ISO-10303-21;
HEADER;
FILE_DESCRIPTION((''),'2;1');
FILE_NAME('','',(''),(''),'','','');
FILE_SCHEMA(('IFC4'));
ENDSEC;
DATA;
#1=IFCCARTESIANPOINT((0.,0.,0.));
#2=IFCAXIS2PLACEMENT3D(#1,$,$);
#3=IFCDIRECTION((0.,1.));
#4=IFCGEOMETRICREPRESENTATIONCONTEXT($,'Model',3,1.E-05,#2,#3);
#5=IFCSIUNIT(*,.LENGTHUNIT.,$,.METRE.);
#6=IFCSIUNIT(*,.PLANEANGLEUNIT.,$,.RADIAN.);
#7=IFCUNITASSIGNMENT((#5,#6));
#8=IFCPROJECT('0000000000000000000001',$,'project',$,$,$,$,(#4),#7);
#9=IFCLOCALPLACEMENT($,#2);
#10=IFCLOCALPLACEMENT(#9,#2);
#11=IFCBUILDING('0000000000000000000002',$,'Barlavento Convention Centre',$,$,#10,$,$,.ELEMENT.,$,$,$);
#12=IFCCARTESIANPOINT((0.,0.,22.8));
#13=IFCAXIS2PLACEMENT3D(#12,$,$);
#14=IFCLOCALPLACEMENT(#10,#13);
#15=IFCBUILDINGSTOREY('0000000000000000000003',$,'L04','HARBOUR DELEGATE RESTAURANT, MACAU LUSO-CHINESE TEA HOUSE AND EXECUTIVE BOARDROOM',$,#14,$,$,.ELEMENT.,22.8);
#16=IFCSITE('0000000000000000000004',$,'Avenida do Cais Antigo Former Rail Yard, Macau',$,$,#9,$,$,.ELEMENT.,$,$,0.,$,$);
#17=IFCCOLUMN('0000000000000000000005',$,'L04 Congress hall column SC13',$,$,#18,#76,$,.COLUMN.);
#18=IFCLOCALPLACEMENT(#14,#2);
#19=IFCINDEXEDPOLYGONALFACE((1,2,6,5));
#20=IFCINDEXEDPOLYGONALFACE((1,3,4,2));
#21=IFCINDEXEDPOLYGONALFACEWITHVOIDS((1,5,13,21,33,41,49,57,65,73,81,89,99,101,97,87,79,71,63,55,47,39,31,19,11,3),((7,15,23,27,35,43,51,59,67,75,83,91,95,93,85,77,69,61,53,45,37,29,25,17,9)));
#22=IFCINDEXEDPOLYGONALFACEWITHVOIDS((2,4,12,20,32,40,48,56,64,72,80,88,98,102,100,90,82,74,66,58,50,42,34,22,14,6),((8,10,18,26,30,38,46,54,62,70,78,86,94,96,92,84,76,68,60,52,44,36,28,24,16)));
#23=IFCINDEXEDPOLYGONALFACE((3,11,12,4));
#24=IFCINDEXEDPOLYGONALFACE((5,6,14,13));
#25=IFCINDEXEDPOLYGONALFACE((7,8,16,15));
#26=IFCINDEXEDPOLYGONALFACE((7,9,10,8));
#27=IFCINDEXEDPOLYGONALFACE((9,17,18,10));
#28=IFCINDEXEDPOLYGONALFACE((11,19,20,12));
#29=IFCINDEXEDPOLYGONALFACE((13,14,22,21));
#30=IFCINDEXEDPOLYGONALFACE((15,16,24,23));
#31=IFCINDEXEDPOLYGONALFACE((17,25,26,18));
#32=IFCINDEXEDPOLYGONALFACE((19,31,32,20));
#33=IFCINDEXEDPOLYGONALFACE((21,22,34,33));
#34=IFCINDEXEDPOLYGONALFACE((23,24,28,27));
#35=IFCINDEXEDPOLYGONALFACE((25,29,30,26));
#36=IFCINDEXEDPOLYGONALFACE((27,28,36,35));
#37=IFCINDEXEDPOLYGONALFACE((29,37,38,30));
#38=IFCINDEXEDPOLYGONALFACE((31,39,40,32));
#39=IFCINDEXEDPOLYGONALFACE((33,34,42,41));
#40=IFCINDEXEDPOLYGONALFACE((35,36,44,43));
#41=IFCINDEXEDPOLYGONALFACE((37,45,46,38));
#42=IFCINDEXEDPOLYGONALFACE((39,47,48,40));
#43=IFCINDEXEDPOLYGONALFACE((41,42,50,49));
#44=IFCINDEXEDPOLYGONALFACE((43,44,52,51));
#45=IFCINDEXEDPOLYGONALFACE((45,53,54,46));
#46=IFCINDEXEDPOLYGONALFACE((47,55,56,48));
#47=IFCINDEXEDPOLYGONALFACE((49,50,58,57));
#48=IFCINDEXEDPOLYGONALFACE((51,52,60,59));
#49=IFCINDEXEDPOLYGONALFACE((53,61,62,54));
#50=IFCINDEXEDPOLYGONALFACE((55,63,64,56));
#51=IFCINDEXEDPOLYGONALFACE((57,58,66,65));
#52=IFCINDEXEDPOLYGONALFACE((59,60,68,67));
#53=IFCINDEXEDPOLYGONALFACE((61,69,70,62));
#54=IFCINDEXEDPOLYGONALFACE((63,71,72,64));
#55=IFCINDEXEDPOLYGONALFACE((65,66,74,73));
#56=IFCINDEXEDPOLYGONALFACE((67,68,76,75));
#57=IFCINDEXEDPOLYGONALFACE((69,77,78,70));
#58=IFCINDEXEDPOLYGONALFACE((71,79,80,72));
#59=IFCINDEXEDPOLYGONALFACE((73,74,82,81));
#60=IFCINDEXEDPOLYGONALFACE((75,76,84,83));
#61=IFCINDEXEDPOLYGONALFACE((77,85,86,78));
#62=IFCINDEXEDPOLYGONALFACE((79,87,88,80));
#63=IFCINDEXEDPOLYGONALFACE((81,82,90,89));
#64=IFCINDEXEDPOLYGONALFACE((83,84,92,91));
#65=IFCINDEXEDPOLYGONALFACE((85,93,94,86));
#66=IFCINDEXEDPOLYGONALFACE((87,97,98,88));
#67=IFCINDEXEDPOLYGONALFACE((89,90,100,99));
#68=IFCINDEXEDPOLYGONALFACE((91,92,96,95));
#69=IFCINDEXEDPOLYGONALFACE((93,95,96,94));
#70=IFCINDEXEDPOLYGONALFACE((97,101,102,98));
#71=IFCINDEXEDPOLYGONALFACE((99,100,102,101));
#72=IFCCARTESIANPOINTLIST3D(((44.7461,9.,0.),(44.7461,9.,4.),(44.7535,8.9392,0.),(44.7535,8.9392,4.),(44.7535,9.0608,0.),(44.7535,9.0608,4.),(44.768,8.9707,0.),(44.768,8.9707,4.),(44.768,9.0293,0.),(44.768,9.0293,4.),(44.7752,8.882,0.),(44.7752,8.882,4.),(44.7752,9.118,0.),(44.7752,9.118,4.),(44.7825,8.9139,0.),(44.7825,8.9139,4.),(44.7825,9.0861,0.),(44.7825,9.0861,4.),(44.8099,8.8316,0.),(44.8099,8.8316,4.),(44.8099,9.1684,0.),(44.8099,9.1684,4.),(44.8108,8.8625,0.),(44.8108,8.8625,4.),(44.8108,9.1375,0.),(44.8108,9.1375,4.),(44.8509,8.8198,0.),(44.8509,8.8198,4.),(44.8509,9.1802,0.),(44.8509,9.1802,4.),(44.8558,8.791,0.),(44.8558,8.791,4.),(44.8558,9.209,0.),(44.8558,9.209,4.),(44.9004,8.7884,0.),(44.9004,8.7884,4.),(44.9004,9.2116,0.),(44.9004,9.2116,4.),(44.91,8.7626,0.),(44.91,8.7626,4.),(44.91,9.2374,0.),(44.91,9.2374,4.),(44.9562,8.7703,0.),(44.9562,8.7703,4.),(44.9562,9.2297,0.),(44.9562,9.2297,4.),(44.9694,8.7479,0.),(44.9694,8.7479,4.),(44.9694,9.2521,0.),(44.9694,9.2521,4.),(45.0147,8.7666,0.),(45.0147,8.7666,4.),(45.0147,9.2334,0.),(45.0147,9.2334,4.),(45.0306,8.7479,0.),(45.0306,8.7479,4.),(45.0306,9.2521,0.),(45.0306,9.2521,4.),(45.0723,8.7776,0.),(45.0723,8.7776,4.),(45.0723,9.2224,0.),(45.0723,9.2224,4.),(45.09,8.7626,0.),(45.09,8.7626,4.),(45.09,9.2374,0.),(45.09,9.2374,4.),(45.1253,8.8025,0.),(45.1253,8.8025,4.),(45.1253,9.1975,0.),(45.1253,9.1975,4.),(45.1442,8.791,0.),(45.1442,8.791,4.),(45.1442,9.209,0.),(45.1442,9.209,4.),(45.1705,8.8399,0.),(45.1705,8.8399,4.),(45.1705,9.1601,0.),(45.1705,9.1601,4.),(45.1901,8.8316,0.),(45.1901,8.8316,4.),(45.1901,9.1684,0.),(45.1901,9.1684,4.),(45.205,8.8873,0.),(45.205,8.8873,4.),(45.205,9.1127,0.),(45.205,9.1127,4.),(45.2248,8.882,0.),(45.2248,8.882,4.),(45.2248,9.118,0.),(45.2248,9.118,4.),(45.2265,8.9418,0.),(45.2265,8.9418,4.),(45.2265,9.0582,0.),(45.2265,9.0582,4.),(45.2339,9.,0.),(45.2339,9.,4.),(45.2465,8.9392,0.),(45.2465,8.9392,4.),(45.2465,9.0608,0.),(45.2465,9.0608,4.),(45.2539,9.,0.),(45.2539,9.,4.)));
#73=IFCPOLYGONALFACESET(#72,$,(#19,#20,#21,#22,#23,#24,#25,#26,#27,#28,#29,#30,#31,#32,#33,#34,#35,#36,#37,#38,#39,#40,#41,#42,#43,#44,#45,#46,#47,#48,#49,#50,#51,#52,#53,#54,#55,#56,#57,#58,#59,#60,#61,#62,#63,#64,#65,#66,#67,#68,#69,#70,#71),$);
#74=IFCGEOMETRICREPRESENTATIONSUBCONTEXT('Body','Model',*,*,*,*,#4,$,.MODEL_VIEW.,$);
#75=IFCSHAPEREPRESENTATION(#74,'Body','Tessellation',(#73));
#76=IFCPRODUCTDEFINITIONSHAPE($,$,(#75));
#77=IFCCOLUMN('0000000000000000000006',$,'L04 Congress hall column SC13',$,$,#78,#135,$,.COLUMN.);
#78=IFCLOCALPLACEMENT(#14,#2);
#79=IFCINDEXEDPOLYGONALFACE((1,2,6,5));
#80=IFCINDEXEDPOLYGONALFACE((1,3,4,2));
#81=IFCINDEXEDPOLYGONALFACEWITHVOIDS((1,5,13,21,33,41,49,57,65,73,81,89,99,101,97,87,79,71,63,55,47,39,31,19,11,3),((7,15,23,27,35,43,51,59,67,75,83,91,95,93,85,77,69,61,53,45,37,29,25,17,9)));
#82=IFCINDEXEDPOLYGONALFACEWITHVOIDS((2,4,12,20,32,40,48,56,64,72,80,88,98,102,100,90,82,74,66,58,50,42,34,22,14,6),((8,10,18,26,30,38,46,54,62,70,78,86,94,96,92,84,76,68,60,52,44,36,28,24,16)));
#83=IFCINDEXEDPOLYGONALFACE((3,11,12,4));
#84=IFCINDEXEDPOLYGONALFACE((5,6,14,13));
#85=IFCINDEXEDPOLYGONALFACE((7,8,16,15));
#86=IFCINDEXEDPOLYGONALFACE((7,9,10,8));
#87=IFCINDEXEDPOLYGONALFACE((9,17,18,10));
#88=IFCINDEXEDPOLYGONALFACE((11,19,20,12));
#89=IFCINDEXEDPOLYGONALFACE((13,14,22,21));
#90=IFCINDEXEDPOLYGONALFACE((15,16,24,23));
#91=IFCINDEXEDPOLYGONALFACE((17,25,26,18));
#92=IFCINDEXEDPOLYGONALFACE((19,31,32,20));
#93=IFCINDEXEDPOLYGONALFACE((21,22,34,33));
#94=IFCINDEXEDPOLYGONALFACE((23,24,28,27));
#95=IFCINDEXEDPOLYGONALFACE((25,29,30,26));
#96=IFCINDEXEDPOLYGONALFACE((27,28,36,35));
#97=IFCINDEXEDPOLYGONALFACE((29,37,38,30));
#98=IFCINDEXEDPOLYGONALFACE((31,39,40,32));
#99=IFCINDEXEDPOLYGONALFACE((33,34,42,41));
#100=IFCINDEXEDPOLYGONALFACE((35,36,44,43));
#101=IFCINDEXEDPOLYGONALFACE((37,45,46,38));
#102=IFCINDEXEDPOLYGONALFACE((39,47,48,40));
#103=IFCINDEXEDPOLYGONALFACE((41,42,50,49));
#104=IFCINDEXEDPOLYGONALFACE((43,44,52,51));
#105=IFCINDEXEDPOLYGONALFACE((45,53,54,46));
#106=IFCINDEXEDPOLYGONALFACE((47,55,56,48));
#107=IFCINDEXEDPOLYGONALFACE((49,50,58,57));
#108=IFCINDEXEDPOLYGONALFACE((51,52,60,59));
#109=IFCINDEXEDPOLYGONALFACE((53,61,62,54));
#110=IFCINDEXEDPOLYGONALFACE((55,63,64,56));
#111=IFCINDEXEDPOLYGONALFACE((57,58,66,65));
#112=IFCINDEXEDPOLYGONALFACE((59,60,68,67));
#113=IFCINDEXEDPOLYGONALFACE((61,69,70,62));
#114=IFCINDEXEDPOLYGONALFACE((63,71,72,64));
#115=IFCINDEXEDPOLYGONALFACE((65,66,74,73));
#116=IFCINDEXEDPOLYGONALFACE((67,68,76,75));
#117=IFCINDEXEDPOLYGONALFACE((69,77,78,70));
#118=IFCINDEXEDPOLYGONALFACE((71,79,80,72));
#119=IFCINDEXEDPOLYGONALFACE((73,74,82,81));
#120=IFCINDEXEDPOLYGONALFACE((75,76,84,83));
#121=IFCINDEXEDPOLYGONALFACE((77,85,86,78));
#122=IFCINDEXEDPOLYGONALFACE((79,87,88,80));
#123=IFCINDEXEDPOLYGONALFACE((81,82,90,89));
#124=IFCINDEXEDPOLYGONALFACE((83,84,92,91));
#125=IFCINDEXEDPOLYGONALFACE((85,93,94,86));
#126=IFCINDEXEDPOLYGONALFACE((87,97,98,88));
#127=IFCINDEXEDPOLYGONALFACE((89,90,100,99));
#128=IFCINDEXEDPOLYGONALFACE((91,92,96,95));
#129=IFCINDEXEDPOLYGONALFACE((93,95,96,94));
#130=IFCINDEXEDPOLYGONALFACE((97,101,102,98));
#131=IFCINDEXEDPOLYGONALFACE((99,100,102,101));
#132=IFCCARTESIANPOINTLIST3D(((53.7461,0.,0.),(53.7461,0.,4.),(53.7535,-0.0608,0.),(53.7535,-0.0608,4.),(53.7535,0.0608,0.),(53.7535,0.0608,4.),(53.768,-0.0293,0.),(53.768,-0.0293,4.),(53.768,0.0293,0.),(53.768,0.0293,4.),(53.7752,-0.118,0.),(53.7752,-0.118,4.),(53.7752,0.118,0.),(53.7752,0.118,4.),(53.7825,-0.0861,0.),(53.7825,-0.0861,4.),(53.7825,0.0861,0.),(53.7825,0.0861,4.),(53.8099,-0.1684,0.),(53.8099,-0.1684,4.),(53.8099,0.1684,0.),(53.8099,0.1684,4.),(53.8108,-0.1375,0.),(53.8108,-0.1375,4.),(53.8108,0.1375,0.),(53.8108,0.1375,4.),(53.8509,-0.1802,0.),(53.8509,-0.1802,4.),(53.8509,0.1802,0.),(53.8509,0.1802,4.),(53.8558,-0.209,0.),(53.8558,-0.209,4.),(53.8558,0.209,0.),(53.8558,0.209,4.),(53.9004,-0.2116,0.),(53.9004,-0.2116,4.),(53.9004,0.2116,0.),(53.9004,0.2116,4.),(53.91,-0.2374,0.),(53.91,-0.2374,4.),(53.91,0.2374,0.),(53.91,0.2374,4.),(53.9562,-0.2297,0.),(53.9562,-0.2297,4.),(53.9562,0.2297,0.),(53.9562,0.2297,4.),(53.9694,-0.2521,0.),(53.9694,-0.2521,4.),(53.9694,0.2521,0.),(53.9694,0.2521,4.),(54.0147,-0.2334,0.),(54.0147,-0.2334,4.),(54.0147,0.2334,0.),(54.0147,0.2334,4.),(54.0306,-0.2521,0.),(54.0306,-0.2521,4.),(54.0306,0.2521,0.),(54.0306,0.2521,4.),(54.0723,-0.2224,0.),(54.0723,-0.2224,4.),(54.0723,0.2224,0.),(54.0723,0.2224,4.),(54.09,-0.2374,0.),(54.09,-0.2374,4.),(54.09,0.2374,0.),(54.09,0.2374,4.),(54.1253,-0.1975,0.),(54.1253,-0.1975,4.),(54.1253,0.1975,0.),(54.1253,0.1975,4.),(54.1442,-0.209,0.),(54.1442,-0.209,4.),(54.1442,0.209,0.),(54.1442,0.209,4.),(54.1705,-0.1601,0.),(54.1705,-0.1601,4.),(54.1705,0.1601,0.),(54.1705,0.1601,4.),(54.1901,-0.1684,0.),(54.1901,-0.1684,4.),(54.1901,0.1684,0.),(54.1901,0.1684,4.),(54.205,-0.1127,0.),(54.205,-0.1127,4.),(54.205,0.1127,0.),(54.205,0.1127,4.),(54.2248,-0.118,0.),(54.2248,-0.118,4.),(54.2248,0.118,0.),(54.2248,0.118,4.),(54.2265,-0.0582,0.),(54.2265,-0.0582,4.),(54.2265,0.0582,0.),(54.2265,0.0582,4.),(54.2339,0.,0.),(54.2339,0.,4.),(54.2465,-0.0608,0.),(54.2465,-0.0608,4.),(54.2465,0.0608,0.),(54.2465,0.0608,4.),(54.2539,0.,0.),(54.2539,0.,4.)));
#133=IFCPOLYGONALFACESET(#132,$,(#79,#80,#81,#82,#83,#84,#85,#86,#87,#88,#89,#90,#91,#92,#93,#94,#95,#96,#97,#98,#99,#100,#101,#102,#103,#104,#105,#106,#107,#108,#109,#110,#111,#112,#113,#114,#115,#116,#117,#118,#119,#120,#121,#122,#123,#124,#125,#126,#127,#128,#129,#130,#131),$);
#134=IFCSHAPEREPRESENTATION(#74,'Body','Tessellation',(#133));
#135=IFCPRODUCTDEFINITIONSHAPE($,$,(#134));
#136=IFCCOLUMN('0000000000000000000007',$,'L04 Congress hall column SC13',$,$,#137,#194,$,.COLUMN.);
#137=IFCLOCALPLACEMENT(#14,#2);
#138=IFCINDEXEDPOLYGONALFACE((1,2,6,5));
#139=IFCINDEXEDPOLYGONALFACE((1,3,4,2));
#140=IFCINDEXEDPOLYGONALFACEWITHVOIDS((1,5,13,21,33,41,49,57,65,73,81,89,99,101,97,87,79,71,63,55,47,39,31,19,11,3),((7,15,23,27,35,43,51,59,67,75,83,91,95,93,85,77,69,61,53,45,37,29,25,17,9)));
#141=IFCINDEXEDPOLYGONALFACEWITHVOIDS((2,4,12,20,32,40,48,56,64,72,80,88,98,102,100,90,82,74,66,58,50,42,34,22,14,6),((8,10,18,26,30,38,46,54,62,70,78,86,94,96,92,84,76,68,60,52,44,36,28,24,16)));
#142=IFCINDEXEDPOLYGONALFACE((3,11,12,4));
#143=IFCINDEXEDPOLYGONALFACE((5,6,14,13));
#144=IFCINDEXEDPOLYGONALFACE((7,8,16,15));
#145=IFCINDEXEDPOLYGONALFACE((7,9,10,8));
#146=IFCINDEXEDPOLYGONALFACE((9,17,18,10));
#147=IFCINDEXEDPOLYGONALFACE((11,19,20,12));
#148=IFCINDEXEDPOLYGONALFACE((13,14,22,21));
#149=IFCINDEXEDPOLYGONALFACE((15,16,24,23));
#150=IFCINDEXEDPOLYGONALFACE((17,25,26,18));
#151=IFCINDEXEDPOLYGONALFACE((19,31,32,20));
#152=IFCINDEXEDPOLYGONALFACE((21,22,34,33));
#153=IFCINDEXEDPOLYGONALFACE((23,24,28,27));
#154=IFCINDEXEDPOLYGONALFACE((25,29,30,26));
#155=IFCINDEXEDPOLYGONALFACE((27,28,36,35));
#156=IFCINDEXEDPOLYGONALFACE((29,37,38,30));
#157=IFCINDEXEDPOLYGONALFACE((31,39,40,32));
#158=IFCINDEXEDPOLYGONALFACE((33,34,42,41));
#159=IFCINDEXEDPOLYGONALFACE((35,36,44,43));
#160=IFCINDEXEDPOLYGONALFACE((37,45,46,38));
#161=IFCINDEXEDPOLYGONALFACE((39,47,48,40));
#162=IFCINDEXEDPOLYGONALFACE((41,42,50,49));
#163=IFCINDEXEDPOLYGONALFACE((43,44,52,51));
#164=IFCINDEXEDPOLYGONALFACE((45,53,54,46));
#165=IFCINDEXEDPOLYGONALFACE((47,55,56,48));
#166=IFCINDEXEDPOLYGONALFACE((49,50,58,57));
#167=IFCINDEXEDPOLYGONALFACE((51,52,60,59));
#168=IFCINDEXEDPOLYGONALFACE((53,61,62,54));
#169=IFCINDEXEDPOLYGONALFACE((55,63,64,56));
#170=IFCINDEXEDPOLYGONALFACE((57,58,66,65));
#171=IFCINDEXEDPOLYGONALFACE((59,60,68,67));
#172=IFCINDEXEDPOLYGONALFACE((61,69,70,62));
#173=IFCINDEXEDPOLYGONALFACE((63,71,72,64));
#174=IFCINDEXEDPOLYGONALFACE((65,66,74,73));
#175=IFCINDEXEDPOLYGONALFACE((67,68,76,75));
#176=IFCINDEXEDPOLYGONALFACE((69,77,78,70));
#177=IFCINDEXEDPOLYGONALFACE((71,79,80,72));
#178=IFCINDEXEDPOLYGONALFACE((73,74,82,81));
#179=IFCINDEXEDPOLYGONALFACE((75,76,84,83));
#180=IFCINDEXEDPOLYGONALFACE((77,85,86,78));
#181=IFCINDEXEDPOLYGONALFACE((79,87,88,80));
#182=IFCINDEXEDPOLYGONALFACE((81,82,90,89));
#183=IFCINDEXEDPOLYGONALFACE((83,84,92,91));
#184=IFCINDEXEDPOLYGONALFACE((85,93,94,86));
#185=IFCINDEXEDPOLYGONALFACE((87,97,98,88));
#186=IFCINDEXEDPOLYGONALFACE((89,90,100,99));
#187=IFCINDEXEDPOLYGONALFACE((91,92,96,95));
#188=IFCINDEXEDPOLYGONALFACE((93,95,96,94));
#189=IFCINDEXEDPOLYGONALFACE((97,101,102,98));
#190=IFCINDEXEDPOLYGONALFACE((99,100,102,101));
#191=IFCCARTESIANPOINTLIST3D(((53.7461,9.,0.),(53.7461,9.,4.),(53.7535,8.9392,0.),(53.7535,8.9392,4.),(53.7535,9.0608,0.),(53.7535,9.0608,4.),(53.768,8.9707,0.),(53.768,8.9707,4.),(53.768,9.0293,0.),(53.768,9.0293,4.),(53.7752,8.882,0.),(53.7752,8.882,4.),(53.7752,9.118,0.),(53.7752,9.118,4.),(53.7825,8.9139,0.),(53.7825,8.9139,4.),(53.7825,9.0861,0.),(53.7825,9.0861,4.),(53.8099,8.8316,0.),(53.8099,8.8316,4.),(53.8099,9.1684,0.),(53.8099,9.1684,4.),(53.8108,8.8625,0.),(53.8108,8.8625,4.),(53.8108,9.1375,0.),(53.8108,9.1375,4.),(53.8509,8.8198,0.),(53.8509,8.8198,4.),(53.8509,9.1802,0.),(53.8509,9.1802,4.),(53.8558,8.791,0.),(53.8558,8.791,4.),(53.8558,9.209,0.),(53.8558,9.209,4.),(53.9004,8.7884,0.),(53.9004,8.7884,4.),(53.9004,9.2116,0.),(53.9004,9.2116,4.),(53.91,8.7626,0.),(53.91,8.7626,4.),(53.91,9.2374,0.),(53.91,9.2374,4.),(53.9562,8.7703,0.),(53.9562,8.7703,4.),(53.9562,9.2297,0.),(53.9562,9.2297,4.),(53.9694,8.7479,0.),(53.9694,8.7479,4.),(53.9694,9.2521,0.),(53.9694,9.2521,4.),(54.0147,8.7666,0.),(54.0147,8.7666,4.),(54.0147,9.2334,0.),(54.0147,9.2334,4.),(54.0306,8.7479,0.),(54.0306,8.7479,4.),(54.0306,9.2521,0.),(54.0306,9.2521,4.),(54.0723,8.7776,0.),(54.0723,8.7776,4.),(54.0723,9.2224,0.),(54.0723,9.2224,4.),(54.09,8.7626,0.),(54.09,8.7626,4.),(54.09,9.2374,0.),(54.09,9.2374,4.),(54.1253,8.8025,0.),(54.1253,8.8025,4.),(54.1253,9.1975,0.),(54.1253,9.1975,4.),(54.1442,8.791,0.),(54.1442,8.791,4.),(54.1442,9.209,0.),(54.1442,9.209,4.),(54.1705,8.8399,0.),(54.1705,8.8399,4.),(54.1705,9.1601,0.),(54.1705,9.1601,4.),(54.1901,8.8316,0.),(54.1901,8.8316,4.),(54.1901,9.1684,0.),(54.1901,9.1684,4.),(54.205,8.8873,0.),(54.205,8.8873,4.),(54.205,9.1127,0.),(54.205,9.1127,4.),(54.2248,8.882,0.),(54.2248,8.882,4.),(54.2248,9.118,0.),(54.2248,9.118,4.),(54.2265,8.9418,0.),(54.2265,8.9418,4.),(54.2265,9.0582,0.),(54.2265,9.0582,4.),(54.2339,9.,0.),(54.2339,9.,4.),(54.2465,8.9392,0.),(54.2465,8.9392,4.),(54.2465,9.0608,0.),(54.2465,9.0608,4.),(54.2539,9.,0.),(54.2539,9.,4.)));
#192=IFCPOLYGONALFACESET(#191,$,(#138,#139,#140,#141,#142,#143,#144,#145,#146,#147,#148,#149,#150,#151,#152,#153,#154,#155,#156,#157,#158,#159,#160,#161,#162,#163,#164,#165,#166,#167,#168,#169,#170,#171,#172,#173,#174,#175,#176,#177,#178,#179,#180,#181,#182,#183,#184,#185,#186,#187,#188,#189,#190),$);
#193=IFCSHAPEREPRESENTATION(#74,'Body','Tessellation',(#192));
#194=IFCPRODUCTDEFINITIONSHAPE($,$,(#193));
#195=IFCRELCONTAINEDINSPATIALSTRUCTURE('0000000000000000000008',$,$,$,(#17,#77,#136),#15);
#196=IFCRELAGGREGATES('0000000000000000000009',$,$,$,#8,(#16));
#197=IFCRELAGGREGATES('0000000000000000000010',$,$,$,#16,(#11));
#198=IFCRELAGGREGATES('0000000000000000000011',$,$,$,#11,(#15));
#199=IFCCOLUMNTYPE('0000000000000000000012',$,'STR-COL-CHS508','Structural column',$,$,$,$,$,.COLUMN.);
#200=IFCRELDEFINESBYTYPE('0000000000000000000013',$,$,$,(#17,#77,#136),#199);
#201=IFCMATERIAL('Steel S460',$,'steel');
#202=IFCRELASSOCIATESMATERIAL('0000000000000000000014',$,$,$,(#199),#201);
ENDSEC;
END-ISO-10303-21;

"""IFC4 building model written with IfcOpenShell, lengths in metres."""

from ifc_helpers import new_model, si_unit, direction, frame, origin, origin_2d, place, context, subcontext, project, spatial, hollow_circle, extrude, material, material_profile, profile_set, type_object, element, save


model = new_model("IFC4")

# Units and contexts
model_context = context("Model", 3, precision=1e-05, world=origin(), true_north=direction((0.0, 1.0)))
body_context = subcontext(model_context, "Body", "Model", "MODEL_VIEW")
ifc_project = project(units=[si_unit("LENGTHUNIT", "METRE"), si_unit("PLANEANGLEUNIT", "RADIAN")], contexts=[model_context])

# Site, building, storey
site_placement = place(None, origin())
site = spatial("IfcSite", under=ifc_project, at=site_placement, Name="Avenida do Cais Antigo Former Rail Yard, Macau", CompositionType="ELEMENT", RefElevation=0.0)
building_placement = place(site_placement, origin())
building = spatial("IfcBuilding", under=site, at=building_placement, Name="Barlavento Convention Centre", CompositionType="ELEMENT")
storey_placement = place(building_placement, frame((0.0, 0.0, 22.8)))
storey = spatial("IfcBuildingStorey", under=building, at=storey_placement, Name="L04", Description="HARBOUR DELEGATE RESTAURANT, MACAU LUSO-CHINESE TEA HOUSE AND EXECUTIVE BOARDROOM", CompositionType="ELEMENT", Elevation=22.8)

# Columns
ifc_material_1 = material(Name="Steel S460", Category="steel")
ifc_material_profile_1 = material_profile(ifc_material_1, hollow_circle(Radius=0.2539, WallThickness=0.02, at=origin_2d()), Name="CHS 508.0x20.0")
ifc_profile_set_1 = profile_set([ifc_material_profile_1], Name="Steel S460")
column_type_1 = type_object("IfcColumnType", Name="STR-COL-CHS508", Description="Structural column", PredefinedType="COLUMN", material=ifc_profile_set_1)
for number, where, z_axis, x_axis, name in (
    (1, (45.0, 9.0, 0.0), (0.0, 0.0, 1.0), (1.0, 0.0, 0.0), "L04 Congress hall column SC13"),
    (2, (54.0, 0.0, 0.0), (0.0, 0.0, 1.0), (1.0, 0.0, 0.0), "L04 Congress hall column SC13"),
    (3, (54.0, 9.0, 0.0), (0.0, 0.0, 1.0), (1.0, 0.0, 0.0), "L04 Congress hall column SC13"),
):
    element("IfcColumn", number, at=place(storey_placement, frame(where, z_axis=z_axis, x_axis=x_axis)), inside=storey, type_object=column_type_1, Name=name, PredefinedType="COLUMN", context=body_context, shape_type="SweptSolid", body=[
        extrude(hollow_circle(Radius=0.2539, WallThickness=0.02, at=origin_2d()), origin(), (0.0, 0.0, 1.0), 4.0),
    ])

save(model, "model.ifc")
